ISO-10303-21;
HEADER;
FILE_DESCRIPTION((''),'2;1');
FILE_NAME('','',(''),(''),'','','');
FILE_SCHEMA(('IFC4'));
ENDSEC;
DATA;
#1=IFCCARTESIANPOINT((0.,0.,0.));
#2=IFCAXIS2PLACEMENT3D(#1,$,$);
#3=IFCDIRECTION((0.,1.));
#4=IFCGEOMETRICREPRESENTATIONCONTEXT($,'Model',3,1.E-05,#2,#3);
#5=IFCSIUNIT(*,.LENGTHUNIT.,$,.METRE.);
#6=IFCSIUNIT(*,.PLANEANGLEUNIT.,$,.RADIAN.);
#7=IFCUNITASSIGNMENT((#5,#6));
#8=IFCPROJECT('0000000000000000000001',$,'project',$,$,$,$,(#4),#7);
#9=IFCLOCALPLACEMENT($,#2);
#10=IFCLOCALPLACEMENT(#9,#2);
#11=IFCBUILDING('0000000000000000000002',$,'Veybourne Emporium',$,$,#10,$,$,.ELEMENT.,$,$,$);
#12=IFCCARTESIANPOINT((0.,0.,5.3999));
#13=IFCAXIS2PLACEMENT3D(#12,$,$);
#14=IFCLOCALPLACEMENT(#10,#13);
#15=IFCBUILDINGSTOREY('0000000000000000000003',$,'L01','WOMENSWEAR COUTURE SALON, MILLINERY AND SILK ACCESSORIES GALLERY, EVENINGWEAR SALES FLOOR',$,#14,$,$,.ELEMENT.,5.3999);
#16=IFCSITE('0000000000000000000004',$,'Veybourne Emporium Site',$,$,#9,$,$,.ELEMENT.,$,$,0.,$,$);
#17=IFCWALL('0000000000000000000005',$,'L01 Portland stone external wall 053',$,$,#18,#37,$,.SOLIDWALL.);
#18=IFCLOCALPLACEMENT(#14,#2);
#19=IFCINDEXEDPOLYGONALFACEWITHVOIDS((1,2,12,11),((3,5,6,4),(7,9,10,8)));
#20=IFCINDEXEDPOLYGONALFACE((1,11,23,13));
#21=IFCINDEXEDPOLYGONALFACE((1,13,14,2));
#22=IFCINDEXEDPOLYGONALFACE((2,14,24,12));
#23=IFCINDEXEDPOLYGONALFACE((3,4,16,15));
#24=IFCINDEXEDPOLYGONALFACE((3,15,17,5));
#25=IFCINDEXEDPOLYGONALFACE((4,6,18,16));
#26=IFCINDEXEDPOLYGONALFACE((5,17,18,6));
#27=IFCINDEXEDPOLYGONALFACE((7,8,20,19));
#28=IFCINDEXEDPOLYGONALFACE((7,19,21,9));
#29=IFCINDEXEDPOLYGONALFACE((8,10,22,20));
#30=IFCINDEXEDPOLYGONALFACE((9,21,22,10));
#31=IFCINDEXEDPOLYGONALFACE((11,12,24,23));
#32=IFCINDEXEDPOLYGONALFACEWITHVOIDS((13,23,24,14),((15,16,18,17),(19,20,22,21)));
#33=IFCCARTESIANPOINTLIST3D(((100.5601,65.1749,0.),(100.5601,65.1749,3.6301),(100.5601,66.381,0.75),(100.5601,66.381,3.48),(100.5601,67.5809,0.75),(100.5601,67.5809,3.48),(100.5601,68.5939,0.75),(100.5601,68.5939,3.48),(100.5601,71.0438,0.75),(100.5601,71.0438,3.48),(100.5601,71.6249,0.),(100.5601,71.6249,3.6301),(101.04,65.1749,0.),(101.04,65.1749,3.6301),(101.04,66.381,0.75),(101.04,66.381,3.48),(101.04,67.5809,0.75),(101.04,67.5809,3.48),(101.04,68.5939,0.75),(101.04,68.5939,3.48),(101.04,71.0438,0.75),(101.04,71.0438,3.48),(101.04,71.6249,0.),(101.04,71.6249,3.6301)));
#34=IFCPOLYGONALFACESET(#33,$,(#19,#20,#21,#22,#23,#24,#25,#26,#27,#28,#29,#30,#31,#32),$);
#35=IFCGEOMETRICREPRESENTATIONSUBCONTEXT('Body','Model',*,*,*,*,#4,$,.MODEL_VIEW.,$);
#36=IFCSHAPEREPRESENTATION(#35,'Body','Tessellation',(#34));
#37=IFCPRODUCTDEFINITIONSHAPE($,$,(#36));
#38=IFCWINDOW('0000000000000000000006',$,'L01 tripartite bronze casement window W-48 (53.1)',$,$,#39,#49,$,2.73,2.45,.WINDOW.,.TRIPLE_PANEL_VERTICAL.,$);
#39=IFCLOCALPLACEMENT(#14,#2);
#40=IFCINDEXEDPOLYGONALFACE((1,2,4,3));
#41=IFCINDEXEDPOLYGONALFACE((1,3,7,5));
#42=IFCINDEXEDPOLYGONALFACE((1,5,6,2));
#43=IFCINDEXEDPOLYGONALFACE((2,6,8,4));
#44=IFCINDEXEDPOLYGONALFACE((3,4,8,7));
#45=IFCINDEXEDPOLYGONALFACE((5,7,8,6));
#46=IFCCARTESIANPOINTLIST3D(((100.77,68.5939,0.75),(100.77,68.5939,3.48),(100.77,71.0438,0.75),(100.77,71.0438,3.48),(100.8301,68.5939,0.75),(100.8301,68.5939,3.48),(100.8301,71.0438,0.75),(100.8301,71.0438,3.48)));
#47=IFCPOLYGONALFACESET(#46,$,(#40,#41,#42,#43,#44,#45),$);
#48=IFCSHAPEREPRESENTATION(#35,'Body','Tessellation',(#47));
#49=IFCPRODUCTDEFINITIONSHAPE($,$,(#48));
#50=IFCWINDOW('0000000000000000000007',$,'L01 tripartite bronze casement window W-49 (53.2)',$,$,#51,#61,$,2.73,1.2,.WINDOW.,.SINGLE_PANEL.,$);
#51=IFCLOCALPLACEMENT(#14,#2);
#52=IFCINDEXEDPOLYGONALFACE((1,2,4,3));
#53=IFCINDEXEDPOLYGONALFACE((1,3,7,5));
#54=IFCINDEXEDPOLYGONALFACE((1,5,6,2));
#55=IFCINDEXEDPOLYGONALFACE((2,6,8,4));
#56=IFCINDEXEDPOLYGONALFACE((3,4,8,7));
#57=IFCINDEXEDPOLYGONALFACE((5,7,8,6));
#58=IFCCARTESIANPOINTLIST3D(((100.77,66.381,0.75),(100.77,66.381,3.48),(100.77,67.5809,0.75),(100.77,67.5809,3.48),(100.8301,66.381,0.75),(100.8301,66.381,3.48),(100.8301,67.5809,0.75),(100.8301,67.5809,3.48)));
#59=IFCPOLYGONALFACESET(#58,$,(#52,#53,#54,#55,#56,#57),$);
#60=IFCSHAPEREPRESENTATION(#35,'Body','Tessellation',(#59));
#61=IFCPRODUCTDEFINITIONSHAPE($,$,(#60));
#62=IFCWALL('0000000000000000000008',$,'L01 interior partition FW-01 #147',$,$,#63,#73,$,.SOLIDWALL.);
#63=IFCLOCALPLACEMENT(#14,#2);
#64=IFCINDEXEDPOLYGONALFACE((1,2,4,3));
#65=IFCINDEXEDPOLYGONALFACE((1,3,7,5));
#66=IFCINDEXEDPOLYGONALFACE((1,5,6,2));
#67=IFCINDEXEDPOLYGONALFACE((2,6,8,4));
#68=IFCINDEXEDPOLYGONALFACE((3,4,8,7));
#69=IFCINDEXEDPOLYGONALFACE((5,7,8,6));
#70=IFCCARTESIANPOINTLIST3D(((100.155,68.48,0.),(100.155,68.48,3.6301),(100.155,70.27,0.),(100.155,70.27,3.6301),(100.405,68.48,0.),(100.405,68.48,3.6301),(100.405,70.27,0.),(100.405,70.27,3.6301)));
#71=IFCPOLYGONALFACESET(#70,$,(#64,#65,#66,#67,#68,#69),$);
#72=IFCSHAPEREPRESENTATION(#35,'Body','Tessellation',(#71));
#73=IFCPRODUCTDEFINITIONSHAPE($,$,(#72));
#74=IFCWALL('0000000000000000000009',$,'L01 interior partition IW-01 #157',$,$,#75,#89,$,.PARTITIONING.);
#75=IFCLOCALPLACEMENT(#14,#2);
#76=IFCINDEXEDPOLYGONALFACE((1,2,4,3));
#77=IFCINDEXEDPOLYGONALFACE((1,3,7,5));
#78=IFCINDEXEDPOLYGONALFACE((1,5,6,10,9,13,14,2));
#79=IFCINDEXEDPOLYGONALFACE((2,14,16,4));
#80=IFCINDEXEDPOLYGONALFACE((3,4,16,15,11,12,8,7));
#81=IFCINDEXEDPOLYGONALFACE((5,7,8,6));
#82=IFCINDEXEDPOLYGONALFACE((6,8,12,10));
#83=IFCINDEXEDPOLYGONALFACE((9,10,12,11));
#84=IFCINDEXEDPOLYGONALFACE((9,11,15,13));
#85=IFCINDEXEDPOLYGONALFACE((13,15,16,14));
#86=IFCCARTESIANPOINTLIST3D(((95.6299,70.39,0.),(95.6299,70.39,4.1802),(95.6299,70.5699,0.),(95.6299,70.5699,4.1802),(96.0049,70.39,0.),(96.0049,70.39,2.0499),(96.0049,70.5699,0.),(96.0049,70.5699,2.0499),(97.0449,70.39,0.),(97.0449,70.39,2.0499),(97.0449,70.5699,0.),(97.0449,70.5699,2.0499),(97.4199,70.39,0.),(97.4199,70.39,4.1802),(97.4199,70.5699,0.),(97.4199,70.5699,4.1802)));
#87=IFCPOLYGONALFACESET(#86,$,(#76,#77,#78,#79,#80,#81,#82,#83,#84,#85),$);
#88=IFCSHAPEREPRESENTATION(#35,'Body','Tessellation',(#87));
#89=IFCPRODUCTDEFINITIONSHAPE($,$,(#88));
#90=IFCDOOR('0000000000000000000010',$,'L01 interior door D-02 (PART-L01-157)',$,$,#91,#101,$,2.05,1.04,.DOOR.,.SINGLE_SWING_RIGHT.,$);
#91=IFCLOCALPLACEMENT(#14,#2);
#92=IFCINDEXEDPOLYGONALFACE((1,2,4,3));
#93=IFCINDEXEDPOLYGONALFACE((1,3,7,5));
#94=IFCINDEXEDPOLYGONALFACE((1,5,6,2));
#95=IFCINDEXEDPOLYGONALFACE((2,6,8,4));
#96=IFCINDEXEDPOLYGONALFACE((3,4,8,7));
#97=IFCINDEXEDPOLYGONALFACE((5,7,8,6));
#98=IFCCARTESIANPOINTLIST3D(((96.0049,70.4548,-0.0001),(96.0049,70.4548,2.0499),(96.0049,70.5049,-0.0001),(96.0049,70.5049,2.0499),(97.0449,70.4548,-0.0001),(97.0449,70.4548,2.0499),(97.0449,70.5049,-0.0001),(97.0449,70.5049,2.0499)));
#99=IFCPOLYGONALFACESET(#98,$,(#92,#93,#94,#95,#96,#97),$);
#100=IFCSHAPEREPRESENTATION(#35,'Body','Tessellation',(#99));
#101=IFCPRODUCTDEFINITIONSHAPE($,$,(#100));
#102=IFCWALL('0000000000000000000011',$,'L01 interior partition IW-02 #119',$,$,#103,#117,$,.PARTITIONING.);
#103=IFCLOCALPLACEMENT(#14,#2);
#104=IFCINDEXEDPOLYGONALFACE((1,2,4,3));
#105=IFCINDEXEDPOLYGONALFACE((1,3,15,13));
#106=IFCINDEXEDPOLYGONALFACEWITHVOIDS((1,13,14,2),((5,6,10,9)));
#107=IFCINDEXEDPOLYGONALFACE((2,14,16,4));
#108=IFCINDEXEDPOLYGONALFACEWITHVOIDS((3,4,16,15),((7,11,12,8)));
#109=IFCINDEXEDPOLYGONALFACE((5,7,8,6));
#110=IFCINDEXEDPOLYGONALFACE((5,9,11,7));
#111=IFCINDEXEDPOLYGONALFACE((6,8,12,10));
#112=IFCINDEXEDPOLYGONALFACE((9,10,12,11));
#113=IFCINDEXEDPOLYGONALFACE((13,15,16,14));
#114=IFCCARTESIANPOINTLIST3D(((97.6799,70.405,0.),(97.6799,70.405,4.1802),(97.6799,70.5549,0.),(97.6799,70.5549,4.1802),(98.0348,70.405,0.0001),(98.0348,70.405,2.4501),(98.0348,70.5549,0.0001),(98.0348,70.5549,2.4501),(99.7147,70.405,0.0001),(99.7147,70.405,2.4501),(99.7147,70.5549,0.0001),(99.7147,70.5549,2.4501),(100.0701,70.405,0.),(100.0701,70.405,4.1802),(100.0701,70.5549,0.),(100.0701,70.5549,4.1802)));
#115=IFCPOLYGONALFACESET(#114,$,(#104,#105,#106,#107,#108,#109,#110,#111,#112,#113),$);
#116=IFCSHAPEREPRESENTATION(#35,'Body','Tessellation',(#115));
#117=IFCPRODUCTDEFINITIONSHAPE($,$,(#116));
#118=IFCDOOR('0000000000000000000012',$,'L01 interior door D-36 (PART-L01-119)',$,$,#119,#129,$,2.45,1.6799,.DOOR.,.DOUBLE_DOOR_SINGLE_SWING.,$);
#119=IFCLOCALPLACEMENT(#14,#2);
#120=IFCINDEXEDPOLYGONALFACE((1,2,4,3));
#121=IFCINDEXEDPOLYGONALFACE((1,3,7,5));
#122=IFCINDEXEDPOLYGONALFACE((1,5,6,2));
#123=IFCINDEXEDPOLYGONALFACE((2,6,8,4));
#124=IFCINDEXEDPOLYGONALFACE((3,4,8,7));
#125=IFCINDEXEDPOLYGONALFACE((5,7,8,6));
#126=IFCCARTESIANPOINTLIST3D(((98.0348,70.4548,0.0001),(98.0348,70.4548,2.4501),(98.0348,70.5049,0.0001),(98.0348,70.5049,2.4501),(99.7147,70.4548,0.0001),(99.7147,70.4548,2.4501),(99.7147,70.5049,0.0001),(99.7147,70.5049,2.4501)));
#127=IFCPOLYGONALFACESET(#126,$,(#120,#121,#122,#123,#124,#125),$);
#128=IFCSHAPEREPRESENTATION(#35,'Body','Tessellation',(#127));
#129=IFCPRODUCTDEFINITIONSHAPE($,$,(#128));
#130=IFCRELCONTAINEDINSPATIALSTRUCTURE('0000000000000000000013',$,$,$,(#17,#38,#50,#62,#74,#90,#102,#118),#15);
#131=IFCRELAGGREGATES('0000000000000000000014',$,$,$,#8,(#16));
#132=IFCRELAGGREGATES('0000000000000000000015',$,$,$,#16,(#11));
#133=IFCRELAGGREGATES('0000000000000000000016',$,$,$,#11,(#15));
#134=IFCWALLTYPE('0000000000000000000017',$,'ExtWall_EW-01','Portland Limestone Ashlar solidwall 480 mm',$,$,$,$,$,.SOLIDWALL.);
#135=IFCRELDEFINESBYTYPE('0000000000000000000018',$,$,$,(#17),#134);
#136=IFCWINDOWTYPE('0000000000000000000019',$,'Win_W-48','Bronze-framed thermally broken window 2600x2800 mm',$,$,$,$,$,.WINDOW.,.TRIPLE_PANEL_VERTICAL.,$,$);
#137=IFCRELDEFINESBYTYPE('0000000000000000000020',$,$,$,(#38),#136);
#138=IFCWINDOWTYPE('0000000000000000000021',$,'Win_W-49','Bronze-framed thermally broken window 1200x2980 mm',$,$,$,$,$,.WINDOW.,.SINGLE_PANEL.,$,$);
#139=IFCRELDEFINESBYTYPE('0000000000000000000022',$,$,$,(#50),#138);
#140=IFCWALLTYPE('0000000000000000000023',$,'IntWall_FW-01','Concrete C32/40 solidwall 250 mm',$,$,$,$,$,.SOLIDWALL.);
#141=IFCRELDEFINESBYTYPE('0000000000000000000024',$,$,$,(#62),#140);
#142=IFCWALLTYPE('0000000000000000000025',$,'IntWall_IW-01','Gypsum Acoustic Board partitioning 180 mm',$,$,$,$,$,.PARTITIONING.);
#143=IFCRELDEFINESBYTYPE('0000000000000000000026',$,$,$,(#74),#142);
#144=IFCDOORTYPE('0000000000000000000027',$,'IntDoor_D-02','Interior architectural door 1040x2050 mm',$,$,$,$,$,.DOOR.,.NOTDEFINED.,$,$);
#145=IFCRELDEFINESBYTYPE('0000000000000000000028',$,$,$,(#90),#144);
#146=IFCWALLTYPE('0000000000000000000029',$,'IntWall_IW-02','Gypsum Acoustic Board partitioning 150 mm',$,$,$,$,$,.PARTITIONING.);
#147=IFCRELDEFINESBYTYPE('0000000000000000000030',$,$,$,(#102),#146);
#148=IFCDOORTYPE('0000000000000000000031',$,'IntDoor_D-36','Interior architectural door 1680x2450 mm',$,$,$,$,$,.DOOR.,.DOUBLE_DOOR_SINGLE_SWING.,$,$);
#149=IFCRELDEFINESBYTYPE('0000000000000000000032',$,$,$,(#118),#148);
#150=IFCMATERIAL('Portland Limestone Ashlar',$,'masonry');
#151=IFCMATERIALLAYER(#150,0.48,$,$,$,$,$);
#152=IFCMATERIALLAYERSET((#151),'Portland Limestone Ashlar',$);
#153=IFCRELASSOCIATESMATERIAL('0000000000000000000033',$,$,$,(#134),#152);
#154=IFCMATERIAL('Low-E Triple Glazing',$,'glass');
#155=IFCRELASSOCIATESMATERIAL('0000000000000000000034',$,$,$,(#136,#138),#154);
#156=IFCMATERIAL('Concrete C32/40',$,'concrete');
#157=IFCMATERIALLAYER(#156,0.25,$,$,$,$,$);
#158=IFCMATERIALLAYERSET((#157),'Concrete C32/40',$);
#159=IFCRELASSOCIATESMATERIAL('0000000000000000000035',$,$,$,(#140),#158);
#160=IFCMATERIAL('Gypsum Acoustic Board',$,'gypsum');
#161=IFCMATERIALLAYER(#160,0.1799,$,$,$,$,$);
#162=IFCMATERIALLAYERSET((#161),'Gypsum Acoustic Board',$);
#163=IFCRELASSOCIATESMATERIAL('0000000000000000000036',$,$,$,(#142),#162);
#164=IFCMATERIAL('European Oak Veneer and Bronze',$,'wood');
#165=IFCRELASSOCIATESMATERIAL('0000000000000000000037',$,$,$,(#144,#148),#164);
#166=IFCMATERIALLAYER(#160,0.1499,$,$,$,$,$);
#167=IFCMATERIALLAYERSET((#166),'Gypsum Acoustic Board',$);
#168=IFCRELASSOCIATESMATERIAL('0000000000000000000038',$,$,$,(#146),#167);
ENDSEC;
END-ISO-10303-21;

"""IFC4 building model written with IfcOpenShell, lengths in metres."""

from ifc_helpers import new_model, si_unit, direction, frame, frame_2d, origin, place, context, subcontext, project, spatial, rectangle, extrude, material, layer, layer_set, type_object, element, fill, save


model = new_model("IFC4")

# Units and contexts
model_context = context("Model", 3, precision=1e-05, world=origin(), true_north=direction((0.0, 1.0)))
body_context = subcontext(model_context, "Body", "Model", "MODEL_VIEW")
ifc_project = project(units=[si_unit("LENGTHUNIT", "METRE"), si_unit("PLANEANGLEUNIT", "RADIAN")], contexts=[model_context])

# Site, building, storey
site_placement = place(None, origin())
site = spatial("IfcSite", under=ifc_project, at=site_placement, Name="Veybourne Emporium Site", CompositionType="ELEMENT", RefElevation=0.0)
building_placement = place(site_placement, origin())
building = spatial("IfcBuilding", under=site, at=building_placement, Name="Veybourne Emporium", CompositionType="ELEMENT")
storey_placement = place(building_placement, frame((0.0, 0.0, 5.3999)))
storey = spatial("IfcBuildingStorey", under=building, at=storey_placement, Name="L01", Description="WOMENSWEAR COUTURE SALON, MILLINERY AND SILK ACCESSORIES GALLERY, EVENINGWEAR SALES FLOOR", CompositionType="ELEMENT", Elevation=5.3999)

# Shared definitions
ifc_material_1 = material(Name="Concrete C32/40", Category="concrete")

# Shared definitions
ifc_material_2 = material(Name="Low-E Triple Glazing", Category="glass")

# Wall, openings, windows
ifc_material_3 = material(Name="Portland Limestone Ashlar", Category="masonry")
ifc_layer_1 = layer(ifc_material_3, 0.48)
ifc_layer_set_1 = layer_set([ifc_layer_1], Name="Portland Limestone Ashlar")
wall_type_1 = type_object("IfcWallType", Name="ExtWall_EW-01", Description="Portland Limestone Ashlar solidwall 480 mm", PredefinedType="SOLIDWALL", material=ifc_layer_set_1)
wall_1_placement = place(storey_placement, frame((100.8, 71.625, 0.0), z_axis=(0.0, 0.0, 1.0), x_axis=(0.0, -1.0, 0.0)))
wall_1 = element("IfcWall", 1, at=wall_1_placement, inside=storey, type_object=wall_type_1, Name="L01 Portland stone external wall 053", PredefinedType="SOLIDWALL", context=body_context, shape_type="SweptSolid", body=[
    extrude(rectangle(XDim=6.45, YDim=0.48, at=frame_2d((3.2251, 0.0))), origin(), (0.0, 0.0, 1.0), 3.6301),
])
opening_1_placement = place(wall_1_placement, frame((0.5811, 0.0, 0.75)))
opening_1 = element("IfcOpeningElement", 2, at=opening_1_placement, cuts=wall_1, PredefinedType="OPENING", context=body_context, shape_type="SweptSolid", body=[
    extrude(rectangle(XDim=2.45, YDim=2.73, at=frame_2d((1.2251, 1.365))), frame((0.0, 0.26, 0.0), z_axis=(0.0, -1.0, 0.0), x_axis=(1.0, 0.0, 0.0)), (0.0, 0.0, 1.0), 0.52),
])
opening_2_placement = place(wall_1_placement, frame((4.0439, 0.0, 0.75)))
opening_2 = element("IfcOpeningElement", 3, at=opening_2_placement, cuts=wall_1, PredefinedType="OPENING", context=body_context, shape_type="SweptSolid", body=[
    extrude(rectangle(XDim=1.2, YDim=2.73, at=frame_2d((0.6001, 1.365))), frame((0.0, 0.26, 0.0), z_axis=(0.0, -1.0, 0.0), x_axis=(1.0, 0.0, 0.0)), (0.0, 0.0, 1.0), 0.52),
])
window_type_1 = type_object("IfcWindowType", Name="Win_W-48", Description="Bronze-framed thermally broken window 2600x2800 mm", PartitioningType="TRIPLE_PANEL_VERTICAL", PredefinedType="WINDOW", material=ifc_material_2)
window_1_placement = place(opening_1_placement, origin())
window_1 = element("IfcWindow", 4, at=window_1_placement, inside=storey, type_object=window_type_1, Name="L01 tripartite bronze casement window W-48 (53.1)", OverallHeight=2.73, OverallWidth=2.45, PartitioningType="TRIPLE_PANEL_VERTICAL", PredefinedType="WINDOW", context=body_context, shape_type="SweptSolid", body=[
    extrude(rectangle(XDim=2.45, YDim=2.73, at=frame_2d((1.2251, 1.365))), frame((0.0, 0.03, 0.0), z_axis=(0.0, -1.0, 0.0), x_axis=(1.0, 0.0, 0.0)), (0.0, 0.0, 1.0), 0.0601),
])
fill(opening_1, window_1)
window_type_2 = type_object("IfcWindowType", Name="Win_W-49", Description="Bronze-framed thermally broken window 1200x2980 mm", PartitioningType="SINGLE_PANEL", PredefinedType="WINDOW", material=ifc_material_2)
window_2_placement = place(opening_2_placement, origin())
window_2 = element("IfcWindow", 5, at=window_2_placement, inside=storey, type_object=window_type_2, Name="L01 tripartite bronze casement window W-49 (53.2)", OverallHeight=2.73, OverallWidth=1.2, PartitioningType="SINGLE_PANEL", PredefinedType="WINDOW", context=body_context, shape_type="SweptSolid", body=[
    extrude(rectangle(XDim=1.2, YDim=2.73, at=frame_2d((0.6001, 1.365))), frame((0.0, 0.03, 0.0), z_axis=(0.0, -1.0, 0.0), x_axis=(1.0, 0.0, 0.0)), (0.0, 0.0, 1.0), 0.0601),
])
fill(opening_2, window_2)

# Shared definitions
ifc_layer_2 = layer(ifc_material_1, 0.25)
ifc_layer_set_2 = layer_set([ifc_layer_2], Name="Concrete C32/40")
wall_type_2 = type_object("IfcWallType", Name="IntWall_FW-01", Description="Concrete C32/40 solidwall 250 mm", PredefinedType="SOLIDWALL", material=ifc_layer_set_2)

# Wall
wall_2_placement = place(storey_placement, frame((100.28, 68.48, 0.0), z_axis=(0.0, 0.0, 1.0), x_axis=(0.0, 1.0, 0.0)))
element("IfcWall", 6, at=wall_2_placement, inside=storey, type_object=wall_type_2, Name="L01 interior partition FW-01 #147", PredefinedType="SOLIDWALL", context=body_context, shape_type="SweptSolid", body=[
    extrude(rectangle(XDim=1.79, YDim=0.25, at=frame_2d((0.895, 0.0))), origin(), (0.0, 0.0, 1.0), 3.6301),
])

# Walls, openings, doors
ifc_material_4 = material(Name="Gypsum Acoustic Board", Category="gypsum")
ifc_layer_3 = layer(ifc_material_4, 0.1799)
ifc_layer_set_3 = layer_set([ifc_layer_3], Name="Gypsum Acoustic Board")
wall_type_3 = type_object("IfcWallType", Name="IntWall_IW-01", Description="Gypsum Acoustic Board partitioning 180 mm", PredefinedType="PARTITIONING", material=ifc_layer_set_3)
wall_3_placement = place(storey_placement, frame((95.6299, 70.48, 0.0), z_axis=(0.0, 0.0, 1.0), x_axis=(1.0, 0.0, 0.0)))
wall_3 = element("IfcWall", 7, at=wall_3_placement, inside=storey, type_object=wall_type_3, Name="L01 interior partition IW-01 #157", PredefinedType="PARTITIONING", context=body_context, shape_type="SweptSolid", body=[
    extrude(rectangle(XDim=1.79, YDim=0.1799, at=frame_2d((0.895, 0.0))), origin(), (0.0, 0.0, 1.0), 4.1802),
])
opening_3_placement = place(wall_3_placement, frame((0.375, 0.0, 0.0)))
opening_3 = element("IfcOpeningElement", 8, at=opening_3_placement, cuts=wall_3, PredefinedType="OPENING", context=body_context, shape_type="SweptSolid", body=[
    extrude(rectangle(XDim=1.04, YDim=2.05, at=frame_2d((0.52, 1.0249))), frame((0.0, 0.1099, 0.0), z_axis=(0.0, -1.0, 0.0), x_axis=(1.0, 0.0, 0.0)), (0.0, 0.0, 1.0), 0.22),
])
ifc_material_5 = material(Name="European Oak Veneer and Bronze", Category="wood")
door_type_1 = type_object("IfcDoorType", Name="IntDoor_D-02", Description="Interior architectural door 1040x2050 mm", OperationType="NOTDEFINED", PredefinedType="DOOR", material=ifc_material_5)
door_1_placement = place(opening_3_placement, origin())
door_1 = element("IfcDoor", 9, at=door_1_placement, inside=storey, type_object=door_type_1, Name="L01 interior door D-02 (PART-L01-157)", OperationType="SINGLE_SWING_RIGHT", OverallHeight=2.05, OverallWidth=1.04, PredefinedType="DOOR", context=body_context, shape_type="SweptSolid", body=[
    extrude(rectangle(XDim=1.04, YDim=2.05, at=frame_2d((0.52, 1.0249))), frame((0.0, 0.0249, 0.0), z_axis=(0.0, -1.0, 0.0), x_axis=(1.0, 0.0, 0.0)), (0.0, 0.0, 1.0), 0.05),
])
fill(opening_3, door_1)
ifc_layer_4 = layer(ifc_material_4, 0.1499)
ifc_layer_set_4 = layer_set([ifc_layer_4], Name="Gypsum Acoustic Board")
wall_type_4 = type_object("IfcWallType", Name="IntWall_IW-02", Description="Gypsum Acoustic Board partitioning 150 mm", PredefinedType="PARTITIONING", material=ifc_layer_set_4)
wall_4_placement = place(storey_placement, frame((97.6799, 70.48, 0.0), z_axis=(0.0, 0.0, 1.0), x_axis=(1.0, 0.0, 0.0)))
wall_4 = element("IfcWall", 10, at=wall_4_placement, inside=storey, type_object=wall_type_4, Name="L01 interior partition IW-02 #119", PredefinedType="PARTITIONING", context=body_context, shape_type="SweptSolid", body=[
    extrude(rectangle(XDim=2.3901, YDim=0.1499, at=frame_2d((1.1951, 0.0))), origin(), (0.0, 0.0, 1.0), 4.1802),
])
opening_4_placement = place(wall_4_placement, frame((0.355, 0.0, 0.0)))
opening_4 = element("IfcOpeningElement", 11, at=opening_4_placement, cuts=wall_4, PredefinedType="OPENING", context=body_context, shape_type="SweptSolid", body=[
    extrude(rectangle(XDim=1.6799, YDim=2.45, at=frame_2d((0.8398, 1.2251))), frame((0.0, 0.095, 0.0), z_axis=(0.0, -1.0, 0.0), x_axis=(1.0, 0.0, 0.0)), (0.0, 0.0, 1.0), 0.1899),
])
door_type_2 = type_object("IfcDoorType", Name="IntDoor_D-36", Description="Interior architectural door 1680x2450 mm", OperationType="DOUBLE_DOOR_SINGLE_SWING", PredefinedType="DOOR", material=ifc_material_5)
door_2_placement = place(opening_4_placement, origin())
door_2 = element("IfcDoor", 12, at=door_2_placement, inside=storey, type_object=door_type_2, Name="L01 interior door D-36 (PART-L01-119)", OperationType="DOUBLE_DOOR_SINGLE_SWING", OverallHeight=2.45, OverallWidth=1.6799, PredefinedType="DOOR", context=body_context, shape_type="SweptSolid", body=[
    extrude(rectangle(XDim=1.6799, YDim=2.45, at=frame_2d((0.8398, 1.2251))), frame((0.0, 0.0249, 0.0), z_axis=(0.0, -1.0, 0.0), x_axis=(1.0, 0.0, 0.0)), (0.0, 0.0, 1.0), 0.05),
])
fill(opening_4, door_2)

save(model, "model.ifc")
